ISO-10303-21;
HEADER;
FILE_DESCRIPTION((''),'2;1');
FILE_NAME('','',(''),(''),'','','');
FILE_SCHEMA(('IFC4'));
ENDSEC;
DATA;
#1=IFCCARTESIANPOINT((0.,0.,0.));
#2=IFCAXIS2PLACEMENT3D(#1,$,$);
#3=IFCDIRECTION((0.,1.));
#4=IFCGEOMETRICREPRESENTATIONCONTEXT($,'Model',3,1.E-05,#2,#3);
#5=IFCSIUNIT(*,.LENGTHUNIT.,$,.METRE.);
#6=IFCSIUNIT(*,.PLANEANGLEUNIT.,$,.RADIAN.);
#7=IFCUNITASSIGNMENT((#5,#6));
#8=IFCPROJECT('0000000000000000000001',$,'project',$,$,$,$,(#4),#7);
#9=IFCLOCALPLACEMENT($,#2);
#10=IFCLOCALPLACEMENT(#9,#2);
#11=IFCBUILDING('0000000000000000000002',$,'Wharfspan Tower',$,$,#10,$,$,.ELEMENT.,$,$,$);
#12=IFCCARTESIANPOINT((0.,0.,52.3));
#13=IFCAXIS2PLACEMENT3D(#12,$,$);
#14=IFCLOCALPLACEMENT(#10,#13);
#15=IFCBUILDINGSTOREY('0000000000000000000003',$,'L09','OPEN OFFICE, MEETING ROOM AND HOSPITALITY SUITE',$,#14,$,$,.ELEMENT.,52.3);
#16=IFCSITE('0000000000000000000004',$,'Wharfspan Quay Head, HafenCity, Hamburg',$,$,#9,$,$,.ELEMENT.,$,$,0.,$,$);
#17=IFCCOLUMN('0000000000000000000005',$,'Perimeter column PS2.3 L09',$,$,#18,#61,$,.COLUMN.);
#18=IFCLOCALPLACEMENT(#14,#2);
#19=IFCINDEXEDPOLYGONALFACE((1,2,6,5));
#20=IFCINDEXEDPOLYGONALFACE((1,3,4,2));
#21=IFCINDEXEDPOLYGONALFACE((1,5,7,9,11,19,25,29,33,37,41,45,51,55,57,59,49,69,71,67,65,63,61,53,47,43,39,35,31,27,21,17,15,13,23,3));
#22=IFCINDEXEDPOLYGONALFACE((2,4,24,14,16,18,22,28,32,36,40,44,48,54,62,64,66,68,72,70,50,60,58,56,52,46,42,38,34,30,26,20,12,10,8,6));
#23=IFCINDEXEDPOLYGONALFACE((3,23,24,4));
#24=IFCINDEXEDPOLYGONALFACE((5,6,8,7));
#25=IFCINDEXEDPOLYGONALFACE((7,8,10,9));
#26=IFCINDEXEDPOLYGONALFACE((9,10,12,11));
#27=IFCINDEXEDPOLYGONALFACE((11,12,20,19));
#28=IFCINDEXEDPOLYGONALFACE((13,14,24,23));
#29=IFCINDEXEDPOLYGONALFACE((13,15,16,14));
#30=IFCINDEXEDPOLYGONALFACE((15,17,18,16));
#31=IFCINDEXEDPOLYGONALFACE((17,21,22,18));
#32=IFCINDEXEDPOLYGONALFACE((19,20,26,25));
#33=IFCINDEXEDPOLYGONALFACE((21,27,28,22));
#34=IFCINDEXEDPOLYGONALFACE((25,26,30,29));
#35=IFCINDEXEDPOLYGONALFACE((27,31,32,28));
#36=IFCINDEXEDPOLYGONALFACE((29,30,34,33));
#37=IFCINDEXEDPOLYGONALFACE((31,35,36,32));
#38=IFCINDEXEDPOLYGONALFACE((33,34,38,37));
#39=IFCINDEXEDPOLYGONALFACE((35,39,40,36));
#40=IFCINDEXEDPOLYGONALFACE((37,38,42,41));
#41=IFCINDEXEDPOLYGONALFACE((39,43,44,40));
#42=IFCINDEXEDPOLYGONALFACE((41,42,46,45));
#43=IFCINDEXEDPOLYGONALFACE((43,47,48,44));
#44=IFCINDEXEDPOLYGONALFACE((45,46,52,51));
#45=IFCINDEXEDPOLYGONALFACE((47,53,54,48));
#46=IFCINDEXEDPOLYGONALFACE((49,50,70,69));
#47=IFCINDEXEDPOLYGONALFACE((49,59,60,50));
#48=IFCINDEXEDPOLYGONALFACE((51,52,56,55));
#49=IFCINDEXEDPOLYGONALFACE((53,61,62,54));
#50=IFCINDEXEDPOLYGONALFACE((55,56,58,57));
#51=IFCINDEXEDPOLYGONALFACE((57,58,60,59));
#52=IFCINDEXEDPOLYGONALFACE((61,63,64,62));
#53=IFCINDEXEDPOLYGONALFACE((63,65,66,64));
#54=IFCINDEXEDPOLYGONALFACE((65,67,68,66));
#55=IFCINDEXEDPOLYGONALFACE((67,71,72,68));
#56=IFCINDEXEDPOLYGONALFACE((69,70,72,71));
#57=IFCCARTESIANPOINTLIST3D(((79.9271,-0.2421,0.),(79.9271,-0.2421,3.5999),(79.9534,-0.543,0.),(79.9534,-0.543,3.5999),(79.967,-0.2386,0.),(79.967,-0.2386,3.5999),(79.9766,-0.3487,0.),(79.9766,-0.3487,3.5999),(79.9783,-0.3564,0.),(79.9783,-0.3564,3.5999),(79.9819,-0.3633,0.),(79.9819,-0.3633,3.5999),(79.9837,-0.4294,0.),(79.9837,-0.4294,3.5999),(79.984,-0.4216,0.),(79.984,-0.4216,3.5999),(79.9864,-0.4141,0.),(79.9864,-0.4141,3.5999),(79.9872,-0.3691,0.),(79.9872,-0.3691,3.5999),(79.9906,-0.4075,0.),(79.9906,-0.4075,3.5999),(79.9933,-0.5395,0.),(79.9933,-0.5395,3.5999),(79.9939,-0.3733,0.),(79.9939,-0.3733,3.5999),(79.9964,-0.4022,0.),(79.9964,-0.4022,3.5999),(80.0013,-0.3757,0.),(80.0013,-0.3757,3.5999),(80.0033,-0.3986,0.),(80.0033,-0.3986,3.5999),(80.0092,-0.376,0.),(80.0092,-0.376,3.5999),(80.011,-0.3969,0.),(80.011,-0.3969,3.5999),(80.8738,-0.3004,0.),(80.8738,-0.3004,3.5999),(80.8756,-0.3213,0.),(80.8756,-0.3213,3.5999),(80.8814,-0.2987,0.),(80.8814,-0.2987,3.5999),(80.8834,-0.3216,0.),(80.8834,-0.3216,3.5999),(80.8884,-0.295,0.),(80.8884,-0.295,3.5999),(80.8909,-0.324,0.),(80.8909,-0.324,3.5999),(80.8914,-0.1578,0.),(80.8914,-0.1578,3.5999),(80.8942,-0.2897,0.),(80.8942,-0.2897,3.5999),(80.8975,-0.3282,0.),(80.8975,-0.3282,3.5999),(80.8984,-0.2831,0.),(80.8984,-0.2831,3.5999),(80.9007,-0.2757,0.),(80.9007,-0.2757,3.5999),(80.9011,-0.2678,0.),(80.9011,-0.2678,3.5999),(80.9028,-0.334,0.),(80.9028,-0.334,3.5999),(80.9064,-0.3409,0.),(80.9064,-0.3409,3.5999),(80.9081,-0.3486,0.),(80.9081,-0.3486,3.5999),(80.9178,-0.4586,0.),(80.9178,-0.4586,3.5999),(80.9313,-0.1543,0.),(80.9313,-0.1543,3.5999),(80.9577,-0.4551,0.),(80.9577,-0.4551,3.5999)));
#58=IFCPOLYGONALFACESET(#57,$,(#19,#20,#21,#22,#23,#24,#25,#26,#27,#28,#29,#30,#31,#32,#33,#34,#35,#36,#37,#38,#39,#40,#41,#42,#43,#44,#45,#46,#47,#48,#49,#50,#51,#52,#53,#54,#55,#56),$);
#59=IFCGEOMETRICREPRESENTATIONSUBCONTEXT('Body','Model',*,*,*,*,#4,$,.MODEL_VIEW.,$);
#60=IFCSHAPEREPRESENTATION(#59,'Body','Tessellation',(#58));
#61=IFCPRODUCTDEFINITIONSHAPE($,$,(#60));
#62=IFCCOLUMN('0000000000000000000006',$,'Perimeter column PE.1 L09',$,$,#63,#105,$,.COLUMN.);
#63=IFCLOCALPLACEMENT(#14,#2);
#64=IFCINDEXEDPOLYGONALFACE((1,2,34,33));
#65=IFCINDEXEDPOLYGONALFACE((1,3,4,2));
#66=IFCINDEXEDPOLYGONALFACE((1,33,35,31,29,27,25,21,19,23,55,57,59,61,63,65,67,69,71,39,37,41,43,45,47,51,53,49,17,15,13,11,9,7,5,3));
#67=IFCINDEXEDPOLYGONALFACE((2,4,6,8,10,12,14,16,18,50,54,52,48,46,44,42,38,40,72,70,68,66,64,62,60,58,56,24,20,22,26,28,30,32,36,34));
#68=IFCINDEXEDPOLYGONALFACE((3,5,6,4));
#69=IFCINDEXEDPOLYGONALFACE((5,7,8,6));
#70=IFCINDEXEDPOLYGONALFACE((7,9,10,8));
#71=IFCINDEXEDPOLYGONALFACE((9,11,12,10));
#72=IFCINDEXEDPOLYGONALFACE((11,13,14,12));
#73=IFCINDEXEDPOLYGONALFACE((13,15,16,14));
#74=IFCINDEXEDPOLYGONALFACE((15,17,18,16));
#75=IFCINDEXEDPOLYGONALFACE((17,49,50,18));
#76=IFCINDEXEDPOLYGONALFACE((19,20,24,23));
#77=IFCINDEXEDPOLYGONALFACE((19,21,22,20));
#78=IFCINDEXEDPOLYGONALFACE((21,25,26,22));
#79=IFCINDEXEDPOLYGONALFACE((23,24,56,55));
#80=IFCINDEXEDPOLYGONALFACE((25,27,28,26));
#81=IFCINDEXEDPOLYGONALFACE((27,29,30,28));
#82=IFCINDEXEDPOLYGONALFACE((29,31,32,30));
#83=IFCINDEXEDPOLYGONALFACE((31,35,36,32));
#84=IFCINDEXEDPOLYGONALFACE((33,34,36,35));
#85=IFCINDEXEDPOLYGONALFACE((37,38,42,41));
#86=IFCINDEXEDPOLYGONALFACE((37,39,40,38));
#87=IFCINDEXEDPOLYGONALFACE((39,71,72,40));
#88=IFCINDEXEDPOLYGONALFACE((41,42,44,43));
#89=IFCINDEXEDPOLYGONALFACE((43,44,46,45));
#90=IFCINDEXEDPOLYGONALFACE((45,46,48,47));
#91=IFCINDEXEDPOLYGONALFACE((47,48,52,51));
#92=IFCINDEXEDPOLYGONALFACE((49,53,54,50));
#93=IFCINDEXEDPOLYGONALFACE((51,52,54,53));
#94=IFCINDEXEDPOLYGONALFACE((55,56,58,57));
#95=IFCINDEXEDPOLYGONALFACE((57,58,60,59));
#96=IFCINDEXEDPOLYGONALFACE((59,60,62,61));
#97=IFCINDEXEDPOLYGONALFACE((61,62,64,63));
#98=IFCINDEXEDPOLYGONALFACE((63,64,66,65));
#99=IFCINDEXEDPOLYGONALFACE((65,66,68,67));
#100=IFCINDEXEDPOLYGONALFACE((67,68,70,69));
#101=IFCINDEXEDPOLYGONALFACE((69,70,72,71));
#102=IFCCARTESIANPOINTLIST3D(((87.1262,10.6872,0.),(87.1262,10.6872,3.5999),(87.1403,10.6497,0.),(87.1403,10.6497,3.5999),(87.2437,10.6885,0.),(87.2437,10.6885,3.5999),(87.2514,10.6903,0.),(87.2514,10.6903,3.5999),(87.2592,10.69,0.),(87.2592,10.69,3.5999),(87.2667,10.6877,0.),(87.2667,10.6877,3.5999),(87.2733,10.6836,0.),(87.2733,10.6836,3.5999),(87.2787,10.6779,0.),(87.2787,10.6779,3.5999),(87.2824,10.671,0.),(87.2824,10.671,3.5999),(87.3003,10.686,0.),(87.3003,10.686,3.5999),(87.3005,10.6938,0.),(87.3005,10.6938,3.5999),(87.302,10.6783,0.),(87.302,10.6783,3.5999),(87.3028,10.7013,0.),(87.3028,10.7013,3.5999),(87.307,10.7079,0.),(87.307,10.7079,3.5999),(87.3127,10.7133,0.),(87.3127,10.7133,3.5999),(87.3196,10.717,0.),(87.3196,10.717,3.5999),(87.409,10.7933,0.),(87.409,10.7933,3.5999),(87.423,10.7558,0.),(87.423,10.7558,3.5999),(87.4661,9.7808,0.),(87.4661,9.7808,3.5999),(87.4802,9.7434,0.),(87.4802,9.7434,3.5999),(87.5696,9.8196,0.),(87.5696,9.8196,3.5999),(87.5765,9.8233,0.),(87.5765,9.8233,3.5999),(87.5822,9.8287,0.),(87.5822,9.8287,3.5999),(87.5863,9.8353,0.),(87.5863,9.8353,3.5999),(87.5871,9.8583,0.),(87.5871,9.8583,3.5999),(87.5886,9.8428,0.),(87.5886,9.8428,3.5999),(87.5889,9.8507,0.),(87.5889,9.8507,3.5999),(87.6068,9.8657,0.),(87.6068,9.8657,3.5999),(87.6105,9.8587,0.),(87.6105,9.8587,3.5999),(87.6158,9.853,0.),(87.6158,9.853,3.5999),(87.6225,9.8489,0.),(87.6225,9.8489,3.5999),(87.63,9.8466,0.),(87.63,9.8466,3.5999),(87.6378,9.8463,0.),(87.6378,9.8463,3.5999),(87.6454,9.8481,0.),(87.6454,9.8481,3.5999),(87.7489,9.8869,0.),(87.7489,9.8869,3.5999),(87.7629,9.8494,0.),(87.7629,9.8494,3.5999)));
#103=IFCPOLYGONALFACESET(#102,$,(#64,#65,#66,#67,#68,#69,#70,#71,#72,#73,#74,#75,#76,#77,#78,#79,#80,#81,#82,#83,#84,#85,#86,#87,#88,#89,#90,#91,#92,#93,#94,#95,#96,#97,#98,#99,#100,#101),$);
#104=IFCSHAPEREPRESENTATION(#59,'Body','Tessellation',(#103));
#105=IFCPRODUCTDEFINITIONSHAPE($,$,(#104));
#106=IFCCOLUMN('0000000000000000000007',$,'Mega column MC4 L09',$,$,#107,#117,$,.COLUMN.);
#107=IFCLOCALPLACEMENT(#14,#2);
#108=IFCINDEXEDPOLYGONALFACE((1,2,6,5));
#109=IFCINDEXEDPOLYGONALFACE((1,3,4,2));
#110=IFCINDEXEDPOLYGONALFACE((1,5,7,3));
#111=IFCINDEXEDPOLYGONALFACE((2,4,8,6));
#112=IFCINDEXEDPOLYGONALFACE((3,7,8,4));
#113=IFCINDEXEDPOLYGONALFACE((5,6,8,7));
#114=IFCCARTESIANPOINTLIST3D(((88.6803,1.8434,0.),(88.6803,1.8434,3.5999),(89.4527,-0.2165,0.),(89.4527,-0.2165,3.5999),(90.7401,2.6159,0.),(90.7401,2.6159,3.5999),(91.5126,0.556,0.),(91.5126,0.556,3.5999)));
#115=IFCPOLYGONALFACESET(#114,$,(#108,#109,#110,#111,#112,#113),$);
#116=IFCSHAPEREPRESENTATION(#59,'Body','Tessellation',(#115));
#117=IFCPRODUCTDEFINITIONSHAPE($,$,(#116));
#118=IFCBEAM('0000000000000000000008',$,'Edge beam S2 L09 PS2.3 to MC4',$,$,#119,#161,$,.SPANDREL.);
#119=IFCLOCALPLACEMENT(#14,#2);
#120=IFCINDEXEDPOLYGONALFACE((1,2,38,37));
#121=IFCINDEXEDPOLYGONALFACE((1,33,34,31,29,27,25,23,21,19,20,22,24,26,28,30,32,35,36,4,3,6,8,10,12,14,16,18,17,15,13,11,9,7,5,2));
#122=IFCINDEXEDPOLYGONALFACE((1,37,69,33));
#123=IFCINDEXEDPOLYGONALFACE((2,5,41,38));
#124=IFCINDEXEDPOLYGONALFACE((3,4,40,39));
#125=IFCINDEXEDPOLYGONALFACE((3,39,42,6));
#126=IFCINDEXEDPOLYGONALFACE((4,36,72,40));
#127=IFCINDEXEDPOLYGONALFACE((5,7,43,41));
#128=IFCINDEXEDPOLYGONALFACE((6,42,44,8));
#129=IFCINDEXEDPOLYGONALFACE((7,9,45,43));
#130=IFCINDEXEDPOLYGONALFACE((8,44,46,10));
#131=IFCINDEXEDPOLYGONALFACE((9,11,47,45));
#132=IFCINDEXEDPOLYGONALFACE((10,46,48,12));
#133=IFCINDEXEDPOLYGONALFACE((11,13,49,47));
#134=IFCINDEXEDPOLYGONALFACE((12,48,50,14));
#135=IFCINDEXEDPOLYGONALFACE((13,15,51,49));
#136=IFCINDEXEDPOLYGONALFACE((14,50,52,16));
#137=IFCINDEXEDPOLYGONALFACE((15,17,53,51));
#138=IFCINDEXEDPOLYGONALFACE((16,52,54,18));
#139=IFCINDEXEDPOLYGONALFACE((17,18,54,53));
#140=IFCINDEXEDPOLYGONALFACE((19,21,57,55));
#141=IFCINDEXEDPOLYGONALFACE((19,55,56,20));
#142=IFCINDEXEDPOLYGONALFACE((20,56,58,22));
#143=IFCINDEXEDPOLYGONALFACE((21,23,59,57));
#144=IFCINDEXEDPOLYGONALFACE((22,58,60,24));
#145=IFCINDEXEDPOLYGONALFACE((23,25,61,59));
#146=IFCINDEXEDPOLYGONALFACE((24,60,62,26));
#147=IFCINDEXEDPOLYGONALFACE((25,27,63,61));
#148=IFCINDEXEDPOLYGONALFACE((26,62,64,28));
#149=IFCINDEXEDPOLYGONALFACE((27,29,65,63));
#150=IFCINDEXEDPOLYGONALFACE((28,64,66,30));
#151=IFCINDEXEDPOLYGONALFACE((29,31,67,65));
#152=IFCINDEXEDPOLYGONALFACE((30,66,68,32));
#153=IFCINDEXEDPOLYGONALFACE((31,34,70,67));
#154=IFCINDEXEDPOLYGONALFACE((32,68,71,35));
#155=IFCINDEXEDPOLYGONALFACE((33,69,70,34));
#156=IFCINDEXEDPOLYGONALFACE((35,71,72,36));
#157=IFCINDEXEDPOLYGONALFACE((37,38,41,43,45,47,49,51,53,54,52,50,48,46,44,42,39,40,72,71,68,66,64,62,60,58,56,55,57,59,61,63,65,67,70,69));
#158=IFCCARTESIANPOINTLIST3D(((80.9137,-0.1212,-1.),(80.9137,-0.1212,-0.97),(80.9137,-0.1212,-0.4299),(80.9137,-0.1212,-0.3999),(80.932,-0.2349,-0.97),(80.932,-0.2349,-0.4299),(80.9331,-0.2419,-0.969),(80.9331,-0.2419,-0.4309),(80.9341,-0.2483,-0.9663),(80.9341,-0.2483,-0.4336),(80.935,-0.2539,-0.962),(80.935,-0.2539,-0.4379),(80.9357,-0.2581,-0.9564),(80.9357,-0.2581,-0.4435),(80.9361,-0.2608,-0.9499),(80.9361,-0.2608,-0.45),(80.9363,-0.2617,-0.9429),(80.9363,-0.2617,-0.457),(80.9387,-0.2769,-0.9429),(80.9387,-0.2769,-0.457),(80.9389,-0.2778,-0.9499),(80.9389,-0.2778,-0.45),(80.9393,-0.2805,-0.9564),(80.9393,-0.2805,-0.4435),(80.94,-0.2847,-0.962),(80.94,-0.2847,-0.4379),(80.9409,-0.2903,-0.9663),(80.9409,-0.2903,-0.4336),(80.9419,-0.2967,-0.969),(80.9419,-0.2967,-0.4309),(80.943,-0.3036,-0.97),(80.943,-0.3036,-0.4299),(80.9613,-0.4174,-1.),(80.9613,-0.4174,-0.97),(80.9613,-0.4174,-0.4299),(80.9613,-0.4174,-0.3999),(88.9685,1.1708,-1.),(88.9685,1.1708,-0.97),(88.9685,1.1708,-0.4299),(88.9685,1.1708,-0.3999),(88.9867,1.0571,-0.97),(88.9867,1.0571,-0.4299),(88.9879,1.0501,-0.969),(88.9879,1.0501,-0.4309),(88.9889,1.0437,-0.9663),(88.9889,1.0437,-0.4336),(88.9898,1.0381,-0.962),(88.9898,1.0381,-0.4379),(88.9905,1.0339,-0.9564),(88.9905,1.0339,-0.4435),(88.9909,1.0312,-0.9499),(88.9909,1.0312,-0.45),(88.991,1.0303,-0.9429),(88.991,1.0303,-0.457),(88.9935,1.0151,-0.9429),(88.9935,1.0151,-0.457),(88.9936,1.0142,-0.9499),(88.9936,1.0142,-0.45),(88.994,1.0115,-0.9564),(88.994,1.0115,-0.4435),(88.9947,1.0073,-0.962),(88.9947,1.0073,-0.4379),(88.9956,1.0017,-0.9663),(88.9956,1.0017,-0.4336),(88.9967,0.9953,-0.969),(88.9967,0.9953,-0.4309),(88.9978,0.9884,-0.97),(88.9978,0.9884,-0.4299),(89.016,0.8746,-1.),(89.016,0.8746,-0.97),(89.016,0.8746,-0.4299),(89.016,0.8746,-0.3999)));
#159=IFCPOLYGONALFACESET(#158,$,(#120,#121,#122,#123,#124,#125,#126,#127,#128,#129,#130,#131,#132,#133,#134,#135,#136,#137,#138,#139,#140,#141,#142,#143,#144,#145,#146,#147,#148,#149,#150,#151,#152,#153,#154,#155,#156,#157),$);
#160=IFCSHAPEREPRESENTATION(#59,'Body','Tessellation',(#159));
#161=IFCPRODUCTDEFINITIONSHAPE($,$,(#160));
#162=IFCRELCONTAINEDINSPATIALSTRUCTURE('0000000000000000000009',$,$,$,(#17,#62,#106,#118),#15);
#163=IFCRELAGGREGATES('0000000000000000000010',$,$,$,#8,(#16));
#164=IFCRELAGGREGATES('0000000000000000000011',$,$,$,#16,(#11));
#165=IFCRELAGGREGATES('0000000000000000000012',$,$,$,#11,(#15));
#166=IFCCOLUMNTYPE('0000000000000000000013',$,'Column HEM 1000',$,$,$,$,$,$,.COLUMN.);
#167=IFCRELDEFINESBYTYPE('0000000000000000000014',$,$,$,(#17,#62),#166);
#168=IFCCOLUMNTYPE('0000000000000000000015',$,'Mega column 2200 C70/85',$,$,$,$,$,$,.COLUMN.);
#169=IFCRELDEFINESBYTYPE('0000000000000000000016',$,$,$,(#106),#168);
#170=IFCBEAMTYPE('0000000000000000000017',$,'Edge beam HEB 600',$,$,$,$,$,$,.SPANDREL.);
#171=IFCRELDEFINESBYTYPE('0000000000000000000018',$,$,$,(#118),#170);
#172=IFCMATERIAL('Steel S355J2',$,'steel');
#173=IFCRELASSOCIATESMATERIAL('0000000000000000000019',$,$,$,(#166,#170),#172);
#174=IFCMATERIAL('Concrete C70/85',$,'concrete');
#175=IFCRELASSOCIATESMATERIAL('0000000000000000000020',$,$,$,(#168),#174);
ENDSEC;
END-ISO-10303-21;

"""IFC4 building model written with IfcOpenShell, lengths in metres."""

from ifc_helpers import new_model, si_unit, direction, frame, origin, origin_2d, place, context, subcontext, project, spatial, rectangle, i_section, extrude, material, material_profile, profile_set, type_object, element, save


model = new_model("IFC4")

# Units and contexts
model_context = context("Model", 3, precision=1e-05, world=origin(), true_north=direction((0.0, 1.0)))
body_context = subcontext(model_context, "Body", "Model", "MODEL_VIEW")
ifc_project = project(units=[si_unit("LENGTHUNIT", "METRE"), si_unit("PLANEANGLEUNIT", "RADIAN")], contexts=[model_context])

# Site, building, storey
site_placement = place(None, origin())
site = spatial("IfcSite", under=ifc_project, at=site_placement, Name="Wharfspan Quay Head, HafenCity, Hamburg", CompositionType="ELEMENT", RefElevation=0.0)
building_placement = place(site_placement, origin())
building = spatial("IfcBuilding", under=site, at=building_placement, Name="Wharfspan Tower", CompositionType="ELEMENT")
storey_placement = place(building_placement, frame((0.0, 0.0, 52.3)))
storey = spatial("IfcBuildingStorey", under=building, at=storey_placement, Name="L09", Description="OPEN OFFICE, MEETING ROOM AND HOSPITALITY SUITE", CompositionType="ELEMENT", Elevation=52.3)

# Columns
ifc_material_1 = material(Name="Steel S355J2", Category="steel")
ifc_material_profile_1 = material_profile(ifc_material_1, i_section(OverallWidth=0.302, OverallDepth=1.0081, WebThickness=0.021, FlangeThickness=0.04, FilletRadius=0.03, at=origin_2d()))
ifc_profile_set_1 = profile_set([ifc_material_profile_1], Name="Steel S355J2")
column_type_1 = type_object("IfcColumnType", Name="Column HEM 1000", PredefinedType="COLUMN", material=ifc_profile_set_1)
for number, where, z_axis, x_axis, name in (
    (1, (80.4424, -0.3486, 0.0), (0.0, 0.0, 1.0), (0.087156, -0.996198, 0.0), "Perimeter column PS2.3 L09"),
    (2, (87.4446, 10.2683, 0.0), (0.0, 0.0, 1.0), (0.936328, 0.351123, 0.0), "Perimeter column PE.1 L09"),
):
    element("IfcColumn", number, at=place(storey_placement, frame(where, z_axis=z_axis, x_axis=x_axis)), inside=storey, type_object=column_type_1, Name=name, PredefinedType="COLUMN", context=body_context, shape_type="SweptSolid", body=[
        extrude(i_section(OverallWidth=0.302, OverallDepth=1.0081, WebThickness=0.021, FlangeThickness=0.04, FilletRadius=0.03, at=origin_2d()), origin(), (0.0, 0.0, 1.0), 3.5999),
    ])
ifc_material_2 = material(Name="Concrete C70/85", Category="concrete")
ifc_material_profile_2 = material_profile(ifc_material_2, rectangle(XDim=2.2, YDim=2.2, at=origin_2d()))
ifc_profile_set_2 = profile_set([ifc_material_profile_2], Name="Concrete C70/85")
column_type_2 = type_object("IfcColumnType", Name="Mega column 2200 C70/85", PredefinedType="COLUMN", material=ifc_profile_set_2)
column_placement = place(storey_placement, frame((90.0964, 1.1997, 0.0), z_axis=(0.0, 0.0, 1.0), x_axis=(-0.351123, 0.936328, 0.0)))
element("IfcColumn", 3, at=column_placement, inside=storey, type_object=column_type_2, Name="Mega column MC4 L09", PredefinedType="COLUMN", context=body_context, shape_type="SweptSolid", body=[
    extrude(rectangle(XDim=2.2, YDim=2.2, at=origin_2d()), origin(), (0.0, 0.0, 1.0), 3.5999),
])

# Beam
ifc_material_profile_3 = material_profile(ifc_material_1, i_section(OverallWidth=0.3, OverallDepth=0.6001, WebThickness=0.0154, FlangeThickness=0.03, FilletRadius=0.0271, at=origin_2d()))
ifc_profile_set_3 = profile_set([ifc_material_profile_3], Name="Steel S355J2")
beam_type = type_object("IfcBeamType", Name="Edge beam HEB 600", PredefinedType="SPANDREL", material=ifc_profile_set_3)
beam_1_placement = place(storey_placement, frame((80.9375, -0.2693, -0.7), z_axis=(0.987379, 0.158378, 0.0), x_axis=(-0.158378, 0.987379, 0.0)))
element("IfcBeam", 4, at=beam_1_placement, inside=storey, type_object=beam_type, Name="Edge beam S2 L09 PS2.3 to MC4", PredefinedType="SPANDREL", context=body_context, shape_type="SweptSolid", body=[
    extrude(i_section(OverallWidth=0.3, OverallDepth=0.6001, WebThickness=0.0154, FlangeThickness=0.03, FilletRadius=0.0271, at=origin_2d()), origin(), (0.0, 0.0, 1.0), 8.1577),
])

save(model, "model.ifc")
